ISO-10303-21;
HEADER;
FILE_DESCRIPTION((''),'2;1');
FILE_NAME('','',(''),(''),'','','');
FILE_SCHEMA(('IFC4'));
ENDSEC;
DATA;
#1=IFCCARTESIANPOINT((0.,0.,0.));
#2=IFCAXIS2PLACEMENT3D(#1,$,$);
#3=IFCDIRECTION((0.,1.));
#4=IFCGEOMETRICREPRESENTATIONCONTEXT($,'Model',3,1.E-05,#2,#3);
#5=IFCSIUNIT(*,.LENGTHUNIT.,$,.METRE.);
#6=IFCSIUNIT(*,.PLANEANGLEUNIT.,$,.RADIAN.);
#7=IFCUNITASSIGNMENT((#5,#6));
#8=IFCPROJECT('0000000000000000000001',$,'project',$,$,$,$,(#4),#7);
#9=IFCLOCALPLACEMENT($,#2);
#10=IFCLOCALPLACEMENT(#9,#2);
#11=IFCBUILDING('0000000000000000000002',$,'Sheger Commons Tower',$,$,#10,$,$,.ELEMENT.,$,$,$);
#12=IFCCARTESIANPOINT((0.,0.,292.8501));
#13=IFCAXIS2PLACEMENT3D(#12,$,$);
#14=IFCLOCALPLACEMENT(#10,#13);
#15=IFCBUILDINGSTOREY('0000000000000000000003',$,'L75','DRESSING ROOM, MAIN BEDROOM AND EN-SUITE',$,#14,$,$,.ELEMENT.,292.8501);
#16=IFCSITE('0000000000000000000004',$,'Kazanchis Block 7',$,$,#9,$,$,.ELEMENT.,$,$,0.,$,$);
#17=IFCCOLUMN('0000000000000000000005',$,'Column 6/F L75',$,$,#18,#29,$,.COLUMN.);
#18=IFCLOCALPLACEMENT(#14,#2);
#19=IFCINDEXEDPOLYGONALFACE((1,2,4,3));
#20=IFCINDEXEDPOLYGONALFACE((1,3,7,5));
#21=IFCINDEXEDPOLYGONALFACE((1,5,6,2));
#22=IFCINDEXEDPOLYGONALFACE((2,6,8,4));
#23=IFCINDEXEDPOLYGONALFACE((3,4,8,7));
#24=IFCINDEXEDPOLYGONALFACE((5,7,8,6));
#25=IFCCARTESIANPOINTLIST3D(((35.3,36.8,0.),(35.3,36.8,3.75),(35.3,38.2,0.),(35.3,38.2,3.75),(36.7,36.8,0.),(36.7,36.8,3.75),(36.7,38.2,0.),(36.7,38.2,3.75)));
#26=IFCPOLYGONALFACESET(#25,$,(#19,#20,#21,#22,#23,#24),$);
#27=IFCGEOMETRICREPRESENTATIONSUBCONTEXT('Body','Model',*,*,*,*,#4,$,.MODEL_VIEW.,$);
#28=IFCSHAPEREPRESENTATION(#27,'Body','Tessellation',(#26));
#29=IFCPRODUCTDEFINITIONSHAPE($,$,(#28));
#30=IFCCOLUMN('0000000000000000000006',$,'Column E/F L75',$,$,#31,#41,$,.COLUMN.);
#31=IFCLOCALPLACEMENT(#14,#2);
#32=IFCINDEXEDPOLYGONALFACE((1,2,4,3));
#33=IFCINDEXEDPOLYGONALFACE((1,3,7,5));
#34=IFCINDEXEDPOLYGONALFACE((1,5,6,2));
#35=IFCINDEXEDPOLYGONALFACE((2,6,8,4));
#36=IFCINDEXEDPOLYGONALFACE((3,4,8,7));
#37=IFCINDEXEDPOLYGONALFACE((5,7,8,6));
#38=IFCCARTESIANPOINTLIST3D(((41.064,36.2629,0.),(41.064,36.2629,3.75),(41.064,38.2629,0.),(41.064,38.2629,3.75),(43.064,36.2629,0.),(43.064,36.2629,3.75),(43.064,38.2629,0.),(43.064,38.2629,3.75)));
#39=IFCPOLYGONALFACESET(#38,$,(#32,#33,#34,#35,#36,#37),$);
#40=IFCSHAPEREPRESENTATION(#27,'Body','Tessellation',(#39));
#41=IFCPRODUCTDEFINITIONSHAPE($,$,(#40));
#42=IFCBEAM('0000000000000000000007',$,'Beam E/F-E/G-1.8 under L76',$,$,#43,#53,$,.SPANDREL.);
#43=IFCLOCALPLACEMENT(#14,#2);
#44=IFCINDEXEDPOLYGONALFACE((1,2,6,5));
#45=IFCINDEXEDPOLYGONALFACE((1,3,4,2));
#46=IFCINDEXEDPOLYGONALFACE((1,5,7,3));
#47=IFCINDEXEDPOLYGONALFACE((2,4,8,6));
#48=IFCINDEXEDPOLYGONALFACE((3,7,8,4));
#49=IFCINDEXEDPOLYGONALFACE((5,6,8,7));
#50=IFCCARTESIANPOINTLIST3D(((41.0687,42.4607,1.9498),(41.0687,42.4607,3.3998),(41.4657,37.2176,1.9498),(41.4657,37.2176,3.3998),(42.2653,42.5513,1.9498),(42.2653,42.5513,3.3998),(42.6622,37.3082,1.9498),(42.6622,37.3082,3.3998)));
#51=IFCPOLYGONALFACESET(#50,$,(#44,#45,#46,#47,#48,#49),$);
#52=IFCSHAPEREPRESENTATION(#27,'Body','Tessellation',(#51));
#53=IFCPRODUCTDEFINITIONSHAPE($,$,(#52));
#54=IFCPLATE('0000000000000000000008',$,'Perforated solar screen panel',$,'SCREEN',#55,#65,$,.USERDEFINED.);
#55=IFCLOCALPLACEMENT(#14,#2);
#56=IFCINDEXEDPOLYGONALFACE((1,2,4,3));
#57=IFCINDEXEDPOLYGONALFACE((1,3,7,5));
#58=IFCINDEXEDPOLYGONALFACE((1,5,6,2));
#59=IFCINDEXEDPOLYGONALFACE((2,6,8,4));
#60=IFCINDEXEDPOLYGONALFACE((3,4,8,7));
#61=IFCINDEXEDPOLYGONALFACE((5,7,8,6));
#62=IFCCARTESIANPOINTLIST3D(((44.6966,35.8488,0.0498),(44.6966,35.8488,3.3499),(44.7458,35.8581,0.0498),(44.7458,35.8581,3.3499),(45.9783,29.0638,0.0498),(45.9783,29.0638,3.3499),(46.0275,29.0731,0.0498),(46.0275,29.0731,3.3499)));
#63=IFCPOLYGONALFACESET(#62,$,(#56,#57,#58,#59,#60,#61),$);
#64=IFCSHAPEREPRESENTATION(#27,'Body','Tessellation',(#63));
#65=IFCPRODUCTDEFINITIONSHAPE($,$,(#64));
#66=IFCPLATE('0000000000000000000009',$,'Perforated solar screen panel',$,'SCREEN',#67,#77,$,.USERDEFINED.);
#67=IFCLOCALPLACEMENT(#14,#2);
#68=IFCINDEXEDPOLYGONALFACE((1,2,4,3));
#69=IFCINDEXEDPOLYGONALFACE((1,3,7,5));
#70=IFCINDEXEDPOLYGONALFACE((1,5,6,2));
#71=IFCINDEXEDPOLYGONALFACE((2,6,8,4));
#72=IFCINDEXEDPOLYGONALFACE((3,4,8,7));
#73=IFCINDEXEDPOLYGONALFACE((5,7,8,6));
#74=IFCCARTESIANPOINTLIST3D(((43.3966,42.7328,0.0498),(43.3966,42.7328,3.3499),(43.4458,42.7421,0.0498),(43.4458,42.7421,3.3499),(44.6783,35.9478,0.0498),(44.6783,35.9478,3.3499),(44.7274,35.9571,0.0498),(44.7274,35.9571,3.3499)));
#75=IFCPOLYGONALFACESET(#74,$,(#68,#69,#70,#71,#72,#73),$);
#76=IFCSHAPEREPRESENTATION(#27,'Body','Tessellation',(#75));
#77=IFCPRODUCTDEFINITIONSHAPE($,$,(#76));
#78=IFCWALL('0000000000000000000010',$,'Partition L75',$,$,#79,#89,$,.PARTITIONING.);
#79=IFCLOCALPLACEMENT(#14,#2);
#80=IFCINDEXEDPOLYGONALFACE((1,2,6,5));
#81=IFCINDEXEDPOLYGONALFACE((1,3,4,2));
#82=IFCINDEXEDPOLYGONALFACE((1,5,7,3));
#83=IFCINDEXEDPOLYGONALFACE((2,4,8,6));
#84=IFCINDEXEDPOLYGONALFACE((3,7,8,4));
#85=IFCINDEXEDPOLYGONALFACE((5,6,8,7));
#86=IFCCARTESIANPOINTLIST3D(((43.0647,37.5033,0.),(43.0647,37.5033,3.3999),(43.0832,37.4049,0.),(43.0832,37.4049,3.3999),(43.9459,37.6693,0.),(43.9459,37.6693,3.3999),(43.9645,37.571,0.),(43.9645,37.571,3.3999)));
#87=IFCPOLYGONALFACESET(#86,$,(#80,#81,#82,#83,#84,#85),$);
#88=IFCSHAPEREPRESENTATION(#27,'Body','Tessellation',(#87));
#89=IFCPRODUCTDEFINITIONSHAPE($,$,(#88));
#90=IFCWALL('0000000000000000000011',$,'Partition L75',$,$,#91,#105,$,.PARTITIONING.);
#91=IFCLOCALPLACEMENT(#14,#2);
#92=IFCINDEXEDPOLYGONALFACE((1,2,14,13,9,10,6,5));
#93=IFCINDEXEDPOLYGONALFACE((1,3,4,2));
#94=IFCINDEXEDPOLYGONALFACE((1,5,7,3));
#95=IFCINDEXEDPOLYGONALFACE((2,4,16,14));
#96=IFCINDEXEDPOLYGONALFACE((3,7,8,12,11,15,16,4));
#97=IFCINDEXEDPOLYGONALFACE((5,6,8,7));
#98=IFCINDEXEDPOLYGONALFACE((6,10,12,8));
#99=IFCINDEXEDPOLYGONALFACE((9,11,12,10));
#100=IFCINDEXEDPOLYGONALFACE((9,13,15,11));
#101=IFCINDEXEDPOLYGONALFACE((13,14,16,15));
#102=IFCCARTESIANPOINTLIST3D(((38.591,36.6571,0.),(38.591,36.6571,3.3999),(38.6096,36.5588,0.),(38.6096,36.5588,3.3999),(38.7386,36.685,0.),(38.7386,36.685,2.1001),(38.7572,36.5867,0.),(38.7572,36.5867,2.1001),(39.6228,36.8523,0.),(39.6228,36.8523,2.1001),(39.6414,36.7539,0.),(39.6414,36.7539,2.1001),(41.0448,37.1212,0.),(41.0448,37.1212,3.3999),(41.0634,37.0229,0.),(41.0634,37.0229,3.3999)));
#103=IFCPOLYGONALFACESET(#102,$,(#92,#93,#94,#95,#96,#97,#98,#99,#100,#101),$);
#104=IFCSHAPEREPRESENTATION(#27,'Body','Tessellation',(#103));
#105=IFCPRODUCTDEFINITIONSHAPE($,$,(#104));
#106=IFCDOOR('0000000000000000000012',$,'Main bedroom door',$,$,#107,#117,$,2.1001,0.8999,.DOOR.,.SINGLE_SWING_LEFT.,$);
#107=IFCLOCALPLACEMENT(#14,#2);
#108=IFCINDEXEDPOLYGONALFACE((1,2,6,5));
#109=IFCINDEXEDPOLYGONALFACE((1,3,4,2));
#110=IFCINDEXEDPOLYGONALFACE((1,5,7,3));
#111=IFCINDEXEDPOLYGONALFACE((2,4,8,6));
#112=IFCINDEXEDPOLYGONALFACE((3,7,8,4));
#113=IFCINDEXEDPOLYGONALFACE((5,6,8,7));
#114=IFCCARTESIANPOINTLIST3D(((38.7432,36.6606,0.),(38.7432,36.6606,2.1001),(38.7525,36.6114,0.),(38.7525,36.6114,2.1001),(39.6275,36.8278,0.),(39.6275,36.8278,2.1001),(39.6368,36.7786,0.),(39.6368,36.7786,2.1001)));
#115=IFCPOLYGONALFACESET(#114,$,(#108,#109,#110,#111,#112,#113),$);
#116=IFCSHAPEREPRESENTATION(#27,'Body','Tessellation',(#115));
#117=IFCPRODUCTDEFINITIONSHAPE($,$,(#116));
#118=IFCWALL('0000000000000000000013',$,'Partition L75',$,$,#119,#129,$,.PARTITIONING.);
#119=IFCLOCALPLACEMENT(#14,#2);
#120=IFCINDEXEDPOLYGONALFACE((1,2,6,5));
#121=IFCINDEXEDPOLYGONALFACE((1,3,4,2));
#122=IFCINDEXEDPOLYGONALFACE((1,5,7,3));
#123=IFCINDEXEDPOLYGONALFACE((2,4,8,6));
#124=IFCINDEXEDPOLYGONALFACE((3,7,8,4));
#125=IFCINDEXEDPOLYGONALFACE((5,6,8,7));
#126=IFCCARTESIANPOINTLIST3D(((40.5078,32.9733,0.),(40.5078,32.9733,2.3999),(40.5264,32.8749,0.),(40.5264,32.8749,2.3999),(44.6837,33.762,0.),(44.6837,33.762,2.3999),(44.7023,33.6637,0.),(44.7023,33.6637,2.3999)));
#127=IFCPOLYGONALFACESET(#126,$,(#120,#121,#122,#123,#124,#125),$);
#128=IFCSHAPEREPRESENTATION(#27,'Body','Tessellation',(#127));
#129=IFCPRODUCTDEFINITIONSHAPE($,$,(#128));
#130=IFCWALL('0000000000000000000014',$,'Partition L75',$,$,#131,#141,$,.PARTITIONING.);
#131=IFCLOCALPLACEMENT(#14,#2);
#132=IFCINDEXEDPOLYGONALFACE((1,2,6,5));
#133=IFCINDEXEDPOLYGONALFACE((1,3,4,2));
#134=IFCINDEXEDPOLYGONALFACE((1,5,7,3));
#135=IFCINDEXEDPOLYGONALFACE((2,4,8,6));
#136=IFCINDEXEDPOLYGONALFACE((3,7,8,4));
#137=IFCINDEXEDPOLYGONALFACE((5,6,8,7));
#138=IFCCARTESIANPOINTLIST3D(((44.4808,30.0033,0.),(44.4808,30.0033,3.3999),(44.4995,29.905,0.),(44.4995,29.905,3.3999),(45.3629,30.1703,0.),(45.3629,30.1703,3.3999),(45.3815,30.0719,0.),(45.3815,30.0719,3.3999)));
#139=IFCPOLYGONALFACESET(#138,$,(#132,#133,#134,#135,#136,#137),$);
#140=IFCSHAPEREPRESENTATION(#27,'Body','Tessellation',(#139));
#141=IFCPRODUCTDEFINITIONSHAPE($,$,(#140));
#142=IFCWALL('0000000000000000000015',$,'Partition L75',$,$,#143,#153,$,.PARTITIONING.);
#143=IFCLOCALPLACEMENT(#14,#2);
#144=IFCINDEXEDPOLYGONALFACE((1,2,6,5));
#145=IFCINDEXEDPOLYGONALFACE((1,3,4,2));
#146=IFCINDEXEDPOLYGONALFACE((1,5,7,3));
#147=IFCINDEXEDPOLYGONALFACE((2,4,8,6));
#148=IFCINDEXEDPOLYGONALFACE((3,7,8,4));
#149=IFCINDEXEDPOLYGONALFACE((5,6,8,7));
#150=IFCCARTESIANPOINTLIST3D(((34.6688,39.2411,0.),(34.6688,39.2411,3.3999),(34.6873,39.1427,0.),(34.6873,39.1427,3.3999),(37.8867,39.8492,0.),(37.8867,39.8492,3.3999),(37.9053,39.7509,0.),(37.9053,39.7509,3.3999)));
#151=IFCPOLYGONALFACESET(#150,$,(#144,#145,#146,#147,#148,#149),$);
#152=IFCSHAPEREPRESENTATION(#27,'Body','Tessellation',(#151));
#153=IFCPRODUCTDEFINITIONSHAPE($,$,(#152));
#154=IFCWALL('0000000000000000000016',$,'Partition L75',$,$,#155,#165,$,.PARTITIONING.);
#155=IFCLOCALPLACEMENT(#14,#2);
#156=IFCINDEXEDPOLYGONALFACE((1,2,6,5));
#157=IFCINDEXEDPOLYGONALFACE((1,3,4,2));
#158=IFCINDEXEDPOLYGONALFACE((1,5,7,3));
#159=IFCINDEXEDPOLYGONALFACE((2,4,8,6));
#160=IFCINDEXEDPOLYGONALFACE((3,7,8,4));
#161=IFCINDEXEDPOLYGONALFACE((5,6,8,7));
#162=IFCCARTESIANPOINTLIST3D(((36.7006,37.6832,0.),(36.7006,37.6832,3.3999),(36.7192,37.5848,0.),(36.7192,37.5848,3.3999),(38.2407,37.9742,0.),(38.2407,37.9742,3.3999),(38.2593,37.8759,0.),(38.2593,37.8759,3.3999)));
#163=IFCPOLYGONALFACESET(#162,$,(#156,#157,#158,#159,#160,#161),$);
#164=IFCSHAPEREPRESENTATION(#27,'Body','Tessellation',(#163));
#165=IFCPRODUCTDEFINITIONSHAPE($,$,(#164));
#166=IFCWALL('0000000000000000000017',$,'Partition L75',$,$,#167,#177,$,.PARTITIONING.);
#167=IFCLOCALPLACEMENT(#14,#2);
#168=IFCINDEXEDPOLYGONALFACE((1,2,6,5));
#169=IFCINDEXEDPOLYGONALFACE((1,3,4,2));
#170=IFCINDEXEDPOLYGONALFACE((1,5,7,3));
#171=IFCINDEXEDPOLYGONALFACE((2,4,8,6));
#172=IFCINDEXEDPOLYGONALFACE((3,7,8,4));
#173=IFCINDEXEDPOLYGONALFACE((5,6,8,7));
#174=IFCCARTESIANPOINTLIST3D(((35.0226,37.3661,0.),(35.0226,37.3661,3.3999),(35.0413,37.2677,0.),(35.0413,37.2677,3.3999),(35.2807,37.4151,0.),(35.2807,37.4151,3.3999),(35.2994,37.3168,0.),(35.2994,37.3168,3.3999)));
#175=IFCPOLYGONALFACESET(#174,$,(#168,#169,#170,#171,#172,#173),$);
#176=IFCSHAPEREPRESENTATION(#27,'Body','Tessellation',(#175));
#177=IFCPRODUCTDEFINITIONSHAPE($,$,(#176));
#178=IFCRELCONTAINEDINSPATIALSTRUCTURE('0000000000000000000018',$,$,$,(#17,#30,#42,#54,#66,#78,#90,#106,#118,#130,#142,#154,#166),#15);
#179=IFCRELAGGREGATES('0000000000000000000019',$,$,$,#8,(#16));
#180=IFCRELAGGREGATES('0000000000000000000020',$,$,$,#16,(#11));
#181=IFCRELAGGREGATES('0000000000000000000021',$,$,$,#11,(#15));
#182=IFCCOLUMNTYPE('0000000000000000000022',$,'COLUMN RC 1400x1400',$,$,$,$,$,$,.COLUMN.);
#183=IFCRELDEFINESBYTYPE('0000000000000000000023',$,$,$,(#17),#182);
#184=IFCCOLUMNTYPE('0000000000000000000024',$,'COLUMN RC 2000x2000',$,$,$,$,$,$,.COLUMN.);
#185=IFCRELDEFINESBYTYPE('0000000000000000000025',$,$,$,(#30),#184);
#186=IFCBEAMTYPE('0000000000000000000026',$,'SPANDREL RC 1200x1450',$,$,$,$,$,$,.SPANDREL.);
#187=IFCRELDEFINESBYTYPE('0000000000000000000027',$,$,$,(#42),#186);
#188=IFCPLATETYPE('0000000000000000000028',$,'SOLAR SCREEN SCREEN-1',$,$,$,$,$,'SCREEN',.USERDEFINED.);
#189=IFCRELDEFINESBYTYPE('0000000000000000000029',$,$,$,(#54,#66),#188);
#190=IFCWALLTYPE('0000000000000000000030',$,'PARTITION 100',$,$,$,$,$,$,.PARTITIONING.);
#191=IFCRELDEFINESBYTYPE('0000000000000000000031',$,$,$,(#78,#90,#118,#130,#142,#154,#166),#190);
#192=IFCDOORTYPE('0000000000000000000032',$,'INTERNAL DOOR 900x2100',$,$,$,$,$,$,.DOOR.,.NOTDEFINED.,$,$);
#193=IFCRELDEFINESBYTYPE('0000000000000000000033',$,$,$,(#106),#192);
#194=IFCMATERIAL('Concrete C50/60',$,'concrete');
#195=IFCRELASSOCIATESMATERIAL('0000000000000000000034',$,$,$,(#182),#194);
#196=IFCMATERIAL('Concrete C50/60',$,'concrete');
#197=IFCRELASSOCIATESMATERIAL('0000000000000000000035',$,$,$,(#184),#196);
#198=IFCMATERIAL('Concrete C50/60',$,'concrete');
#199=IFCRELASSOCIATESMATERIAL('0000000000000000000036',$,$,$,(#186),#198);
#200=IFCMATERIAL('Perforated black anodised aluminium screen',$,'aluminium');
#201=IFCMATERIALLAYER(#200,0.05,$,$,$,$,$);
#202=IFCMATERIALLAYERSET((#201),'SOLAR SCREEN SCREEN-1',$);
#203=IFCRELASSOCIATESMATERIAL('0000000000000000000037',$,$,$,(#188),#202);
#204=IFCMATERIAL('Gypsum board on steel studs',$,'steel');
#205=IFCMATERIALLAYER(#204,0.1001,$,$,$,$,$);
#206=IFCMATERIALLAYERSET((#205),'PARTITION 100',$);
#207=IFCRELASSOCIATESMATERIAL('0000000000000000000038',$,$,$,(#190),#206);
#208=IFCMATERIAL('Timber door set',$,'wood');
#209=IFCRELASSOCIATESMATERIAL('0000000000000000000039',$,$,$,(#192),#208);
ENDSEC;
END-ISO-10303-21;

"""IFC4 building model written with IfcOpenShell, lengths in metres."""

from ifc_helpers import new_model, si_unit, direction, frame, frame_2d, origin, origin_2d, place, context, subcontext, project, spatial, rectangle, extrude, material, layer, layer_set, material_profile, profile_set, type_object, element, fill, save


model = new_model("IFC4")

# Units and contexts
model_context = context("Model", 3, precision=1e-05, world=origin(), true_north=direction((0.0, 1.0)))
body_context = subcontext(model_context, "Body", "Model", "MODEL_VIEW")
ifc_project = project(units=[si_unit("LENGTHUNIT", "METRE"), si_unit("PLANEANGLEUNIT", "RADIAN")], contexts=[model_context])

# Site, building, storey
site_placement = place(None, origin())
site = spatial("IfcSite", under=ifc_project, at=site_placement, Name="Kazanchis Block 7", CompositionType="ELEMENT", RefElevation=0.0)
building_placement = place(site_placement, origin())
building = spatial("IfcBuilding", under=site, at=building_placement, Name="Sheger Commons Tower", CompositionType="ELEMENT")
storey_placement = place(building_placement, frame((0.0, 0.0, 292.8501)))
storey = spatial("IfcBuildingStorey", under=building, at=storey_placement, Name="L75", Description="DRESSING ROOM, MAIN BEDROOM AND EN-SUITE", CompositionType="ELEMENT", Elevation=292.8501)

# Columns
ifc_material_1 = material(Name="Concrete C50/60", Category="concrete")
ifc_material_profile_1 = material_profile(ifc_material_1, rectangle(XDim=1.3999, YDim=1.3999, at=origin_2d()), Name="RC 1400x1400")
ifc_profile_set_1 = profile_set([ifc_material_profile_1], Name="Concrete C50/60")
column_type_1 = type_object("IfcColumnType", Name="COLUMN RC 1400x1400", PredefinedType="COLUMN", material=ifc_profile_set_1)
column_1_placement = place(storey_placement, frame((36.0, 37.5, 0.0), z_axis=(0.0, 0.0, 1.0), x_axis=(1.0, 0.0, 0.0)))
element("IfcColumn", 1, at=column_1_placement, inside=storey, type_object=column_type_1, Name="Column 6/F L75", PredefinedType="COLUMN", context=body_context, shape_type="SweptSolid", body=[
    extrude(rectangle(XDim=1.3999, YDim=1.3999, at=origin_2d()), origin(), (0.0, 0.0, 1.0), 3.75),
])
ifc_material_2 = material(Name="Concrete C50/60", Category="concrete")
ifc_material_profile_2 = material_profile(ifc_material_2, rectangle(XDim=2.0, YDim=2.0, at=origin_2d()), Name="RC 2000x2000")
ifc_profile_set_2 = profile_set([ifc_material_profile_2], Name="Concrete C50/60")
column_type_2 = type_object("IfcColumnType", Name="COLUMN RC 2000x2000", PredefinedType="COLUMN", material=ifc_profile_set_2)
column_2_placement = place(storey_placement, frame((42.064, 37.2629, 0.0), z_axis=(0.0, 0.0, 1.0), x_axis=(1.0, 0.0, 0.0)))
element("IfcColumn", 2, at=column_2_placement, inside=storey, type_object=column_type_2, Name="Column E/F L75", PredefinedType="COLUMN", context=body_context, shape_type="SweptSolid", body=[
    extrude(rectangle(XDim=2.0, YDim=2.0, at=origin_2d()), origin(), (0.0, 0.0, 1.0), 3.75),
])

# Beam
ifc_material_3 = material(Name="Concrete C50/60", Category="concrete")
ifc_material_profile_3 = material_profile(ifc_material_3, rectangle(XDim=1.2, YDim=1.45, at=origin_2d()), Name="RC 1200x1450")
ifc_profile_set_3 = profile_set([ifc_material_profile_3], Name="Concrete C50/60")
beam_type = type_object("IfcBeamType", Name="SPANDREL RC 1200x1450", PredefinedType="SPANDREL", material=ifc_profile_set_3)
beam_placement = place(storey_placement, frame((42.064, 37.2629, 2.6748), z_axis=(-0.075496, 0.997146, 0.0), x_axis=(-0.997146, -0.075496, 0.0)))
element("IfcBeam", 3, at=beam_placement, inside=storey, type_object=beam_type, Name="Beam E/F-E/G-1.8 under L76", PredefinedType="SPANDREL", context=body_context, shape_type="SweptSolid", body=[
    extrude(rectangle(XDim=1.2, YDim=1.45, at=origin_2d()), origin(), (0.0, 0.0, 1.0), 5.2581),
])

# Plates
ifc_material_4 = material(Name="Perforated black anodised aluminium screen", Category="aluminium")
ifc_layer_1 = layer(ifc_material_4, 0.05)
ifc_layer_set_1 = layer_set([ifc_layer_1], Name="SOLAR SCREEN SCREEN-1")
plate_type = type_object("IfcPlateType", Name="SOLAR SCREEN SCREEN-1", ElementType="SCREEN", PredefinedType="USERDEFINED", material=ifc_layer_set_1)
for number, where, z_axis, x_axis, name in (
    (4, (45.3621, 32.4609, 0.0498), (0.0, 0.0, 1.0), (-0.185615, 0.982623, 0.0), "Perforated solar screen panel"),
    (5, (44.062, 39.345, 0.0498), (0.0, 0.0, 1.0), (-0.185615, 0.982623, 0.0), "Perforated solar screen panel"),
):
    element("IfcPlate", number, at=place(storey_placement, frame(where, z_axis=z_axis, x_axis=x_axis)), inside=storey, type_object=plate_type, Name=name, ObjectType="SCREEN", PredefinedType="USERDEFINED", context=body_context, shape_type="SweptSolid", body=[
        extrude(rectangle(XDim=6.905, YDim=0.05, at=origin_2d()), origin(), (0.0, 0.0, 1.0), 3.3),
    ])

# Wall
ifc_material_5 = material(Name="Gypsum board on steel studs", Category="steel")
ifc_layer_2 = layer(ifc_material_5, 0.1001)
ifc_layer_set_2 = layer_set([ifc_layer_2], Name="PARTITION 100")
wall_type = type_object("IfcWallType", Name="PARTITION 100", PredefinedType="PARTITIONING", material=ifc_layer_set_2)
wall_1_placement = place(storey_placement, frame((43.9551, 37.6201, 0.0), z_axis=(0.0, 0.0, 1.0), x_axis=(-0.982708, -0.18516, 0.0)))
element("IfcWall", 6, at=wall_1_placement, inside=storey, type_object=wall_type, Name="Partition L75", PredefinedType="PARTITIONING", context=body_context, shape_type="SweptSolid", body=[
    extrude(rectangle(XDim=0.8967, YDim=0.1001, at=frame_2d((0.4482, 0.0))), origin(), (0.0, 0.0, 1.0), 3.3999),
])

# Wall, opening, door
wall_2_placement = place(storey_placement, frame((41.054, 37.072, 0.0), z_axis=(0.0, 0.0, 1.0), x_axis=(-0.98258, -0.185841, 0.0)))
wall_2 = element("IfcWall", 7, at=wall_2_placement, inside=storey, type_object=wall_type, Name="Partition L75", PredefinedType="PARTITIONING", context=body_context, shape_type="SweptSolid", body=[
    extrude(rectangle(XDim=2.4973, YDim=0.1001, at=frame_2d((1.2485, 0.0))), origin(), (0.0, 0.0, 1.0), 3.3999),
])
opening_1_placement = place(wall_2_placement, frame((1.447, 0.0, 0.0)))
opening_1 = element("IfcOpeningElement", 8, at=opening_1_placement, cuts=wall_2, PredefinedType="OPENING", context=body_context, shape_type="SweptSolid", body=[
    extrude(rectangle(XDim=0.8999, YDim=2.1001, at=frame_2d((0.45, 1.05))), frame((0.0, 0.0601, 0.0), z_axis=(0.0, -1.0, 0.0), x_axis=(1.0, 0.0, 0.0)), (0.0, 0.0, 1.0), 0.1201),
])
ifc_material_6 = material(Name="Timber door set", Category="wood")
door_type = type_object("IfcDoorType", Name="INTERNAL DOOR 900x2100", OperationType="NOTDEFINED", PredefinedType="DOOR", material=ifc_material_6)
door_1_placement = place(opening_1_placement, origin())
door_1 = element("IfcDoor", 9, at=door_1_placement, inside=storey, type_object=door_type, Name="Main bedroom door", OperationType="SINGLE_SWING_LEFT", OverallHeight=2.1001, OverallWidth=0.8999, PredefinedType="DOOR", context=body_context, shape_type="SweptSolid", body=[
    extrude(rectangle(XDim=0.8999, YDim=2.1001, at=frame_2d((0.45, 1.05))), frame((0.0, 0.0249, 0.0), z_axis=(0.0, -1.0, 0.0), x_axis=(1.0, 0.0, 0.0)), (0.0, 0.0, 1.0), 0.05),
])
fill(opening_1, door_1)

# Walls
wall_3_placement = place(storey_placement, frame((44.6931, 33.7129, 0.0), z_axis=(0.0, 0.0, 1.0), x_axis=(-0.982624, -0.18561, 0.0)))
element("IfcWall", 10, at=wall_3_placement, inside=storey, type_object=wall_type, Name="Partition L75", PredefinedType="PARTITIONING", context=body_context, shape_type="SweptSolid", body=[
    extrude(rectangle(XDim=4.2498, YDim=0.1001, at=frame_2d((2.125, 0.0))), origin(), (0.0, 0.0, 1.0), 2.3999),
])
wall_4_placement = place(storey_placement, frame((45.3721, 30.1211, 0.0), z_axis=(0.0, 0.0, 1.0), x_axis=(-0.982547, -0.186012, 0.0)))
element("IfcWall", 11, at=wall_4_placement, inside=storey, type_object=wall_type, Name="Partition L75", PredefinedType="PARTITIONING", context=body_context, shape_type="SweptSolid", body=[
    extrude(rectangle(XDim=0.8977, YDim=0.1001, at=frame_2d((0.4487, 0.0))), origin(), (0.0, 0.0, 1.0), 3.3999),
])
wall_5_placement = place(storey_placement, frame((37.896, 39.8, 0.0), z_axis=(0.0, 0.0, 1.0), x_axis=(-0.982607, -0.185697, 0.0)))
element("IfcWall", 12, at=wall_5_placement, inside=storey, type_object=wall_type, Name="Partition L75", PredefinedType="PARTITIONING", context=body_context, shape_type="SweptSolid", body=[
    extrude(rectangle(XDim=3.2749, YDim=0.1001, at=frame_2d((1.6375, 0.0))), origin(), (0.0, 0.0, 1.0), 3.3999),
])
wall_6_placement = place(storey_placement, frame((38.25, 37.925, 0.0), z_axis=(0.0, 0.0, 1.0), x_axis=(-0.98261, -0.18568, 0.0)))
element("IfcWall", 13, at=wall_6_placement, inside=storey, type_object=wall_type, Name="Partition L75", PredefinedType="PARTITIONING", context=body_context, shape_type="SweptSolid", body=[
    extrude(rectangle(XDim=1.5674, YDim=0.1001, at=frame_2d((0.7837, 0.0))), origin(), (0.0, 0.0, 1.0), 3.3999),
])
wall_7_placement = place(storey_placement, frame((35.29, 37.366, 0.0), z_axis=(0.0, 0.0, 1.0), x_axis=(-0.982395, -0.186813, 0.0)))
element("IfcWall", 14, at=wall_7_placement, inside=storey, type_object=wall_type, Name="Partition L75", PredefinedType="PARTITIONING", context=body_context, shape_type="SweptSolid", body=[
    extrude(rectangle(XDim=0.2627, YDim=0.1001, at=frame_2d((0.1313, 0.0))), origin(), (0.0, 0.0, 1.0), 3.3999),
])

save(model, "model.ifc")
